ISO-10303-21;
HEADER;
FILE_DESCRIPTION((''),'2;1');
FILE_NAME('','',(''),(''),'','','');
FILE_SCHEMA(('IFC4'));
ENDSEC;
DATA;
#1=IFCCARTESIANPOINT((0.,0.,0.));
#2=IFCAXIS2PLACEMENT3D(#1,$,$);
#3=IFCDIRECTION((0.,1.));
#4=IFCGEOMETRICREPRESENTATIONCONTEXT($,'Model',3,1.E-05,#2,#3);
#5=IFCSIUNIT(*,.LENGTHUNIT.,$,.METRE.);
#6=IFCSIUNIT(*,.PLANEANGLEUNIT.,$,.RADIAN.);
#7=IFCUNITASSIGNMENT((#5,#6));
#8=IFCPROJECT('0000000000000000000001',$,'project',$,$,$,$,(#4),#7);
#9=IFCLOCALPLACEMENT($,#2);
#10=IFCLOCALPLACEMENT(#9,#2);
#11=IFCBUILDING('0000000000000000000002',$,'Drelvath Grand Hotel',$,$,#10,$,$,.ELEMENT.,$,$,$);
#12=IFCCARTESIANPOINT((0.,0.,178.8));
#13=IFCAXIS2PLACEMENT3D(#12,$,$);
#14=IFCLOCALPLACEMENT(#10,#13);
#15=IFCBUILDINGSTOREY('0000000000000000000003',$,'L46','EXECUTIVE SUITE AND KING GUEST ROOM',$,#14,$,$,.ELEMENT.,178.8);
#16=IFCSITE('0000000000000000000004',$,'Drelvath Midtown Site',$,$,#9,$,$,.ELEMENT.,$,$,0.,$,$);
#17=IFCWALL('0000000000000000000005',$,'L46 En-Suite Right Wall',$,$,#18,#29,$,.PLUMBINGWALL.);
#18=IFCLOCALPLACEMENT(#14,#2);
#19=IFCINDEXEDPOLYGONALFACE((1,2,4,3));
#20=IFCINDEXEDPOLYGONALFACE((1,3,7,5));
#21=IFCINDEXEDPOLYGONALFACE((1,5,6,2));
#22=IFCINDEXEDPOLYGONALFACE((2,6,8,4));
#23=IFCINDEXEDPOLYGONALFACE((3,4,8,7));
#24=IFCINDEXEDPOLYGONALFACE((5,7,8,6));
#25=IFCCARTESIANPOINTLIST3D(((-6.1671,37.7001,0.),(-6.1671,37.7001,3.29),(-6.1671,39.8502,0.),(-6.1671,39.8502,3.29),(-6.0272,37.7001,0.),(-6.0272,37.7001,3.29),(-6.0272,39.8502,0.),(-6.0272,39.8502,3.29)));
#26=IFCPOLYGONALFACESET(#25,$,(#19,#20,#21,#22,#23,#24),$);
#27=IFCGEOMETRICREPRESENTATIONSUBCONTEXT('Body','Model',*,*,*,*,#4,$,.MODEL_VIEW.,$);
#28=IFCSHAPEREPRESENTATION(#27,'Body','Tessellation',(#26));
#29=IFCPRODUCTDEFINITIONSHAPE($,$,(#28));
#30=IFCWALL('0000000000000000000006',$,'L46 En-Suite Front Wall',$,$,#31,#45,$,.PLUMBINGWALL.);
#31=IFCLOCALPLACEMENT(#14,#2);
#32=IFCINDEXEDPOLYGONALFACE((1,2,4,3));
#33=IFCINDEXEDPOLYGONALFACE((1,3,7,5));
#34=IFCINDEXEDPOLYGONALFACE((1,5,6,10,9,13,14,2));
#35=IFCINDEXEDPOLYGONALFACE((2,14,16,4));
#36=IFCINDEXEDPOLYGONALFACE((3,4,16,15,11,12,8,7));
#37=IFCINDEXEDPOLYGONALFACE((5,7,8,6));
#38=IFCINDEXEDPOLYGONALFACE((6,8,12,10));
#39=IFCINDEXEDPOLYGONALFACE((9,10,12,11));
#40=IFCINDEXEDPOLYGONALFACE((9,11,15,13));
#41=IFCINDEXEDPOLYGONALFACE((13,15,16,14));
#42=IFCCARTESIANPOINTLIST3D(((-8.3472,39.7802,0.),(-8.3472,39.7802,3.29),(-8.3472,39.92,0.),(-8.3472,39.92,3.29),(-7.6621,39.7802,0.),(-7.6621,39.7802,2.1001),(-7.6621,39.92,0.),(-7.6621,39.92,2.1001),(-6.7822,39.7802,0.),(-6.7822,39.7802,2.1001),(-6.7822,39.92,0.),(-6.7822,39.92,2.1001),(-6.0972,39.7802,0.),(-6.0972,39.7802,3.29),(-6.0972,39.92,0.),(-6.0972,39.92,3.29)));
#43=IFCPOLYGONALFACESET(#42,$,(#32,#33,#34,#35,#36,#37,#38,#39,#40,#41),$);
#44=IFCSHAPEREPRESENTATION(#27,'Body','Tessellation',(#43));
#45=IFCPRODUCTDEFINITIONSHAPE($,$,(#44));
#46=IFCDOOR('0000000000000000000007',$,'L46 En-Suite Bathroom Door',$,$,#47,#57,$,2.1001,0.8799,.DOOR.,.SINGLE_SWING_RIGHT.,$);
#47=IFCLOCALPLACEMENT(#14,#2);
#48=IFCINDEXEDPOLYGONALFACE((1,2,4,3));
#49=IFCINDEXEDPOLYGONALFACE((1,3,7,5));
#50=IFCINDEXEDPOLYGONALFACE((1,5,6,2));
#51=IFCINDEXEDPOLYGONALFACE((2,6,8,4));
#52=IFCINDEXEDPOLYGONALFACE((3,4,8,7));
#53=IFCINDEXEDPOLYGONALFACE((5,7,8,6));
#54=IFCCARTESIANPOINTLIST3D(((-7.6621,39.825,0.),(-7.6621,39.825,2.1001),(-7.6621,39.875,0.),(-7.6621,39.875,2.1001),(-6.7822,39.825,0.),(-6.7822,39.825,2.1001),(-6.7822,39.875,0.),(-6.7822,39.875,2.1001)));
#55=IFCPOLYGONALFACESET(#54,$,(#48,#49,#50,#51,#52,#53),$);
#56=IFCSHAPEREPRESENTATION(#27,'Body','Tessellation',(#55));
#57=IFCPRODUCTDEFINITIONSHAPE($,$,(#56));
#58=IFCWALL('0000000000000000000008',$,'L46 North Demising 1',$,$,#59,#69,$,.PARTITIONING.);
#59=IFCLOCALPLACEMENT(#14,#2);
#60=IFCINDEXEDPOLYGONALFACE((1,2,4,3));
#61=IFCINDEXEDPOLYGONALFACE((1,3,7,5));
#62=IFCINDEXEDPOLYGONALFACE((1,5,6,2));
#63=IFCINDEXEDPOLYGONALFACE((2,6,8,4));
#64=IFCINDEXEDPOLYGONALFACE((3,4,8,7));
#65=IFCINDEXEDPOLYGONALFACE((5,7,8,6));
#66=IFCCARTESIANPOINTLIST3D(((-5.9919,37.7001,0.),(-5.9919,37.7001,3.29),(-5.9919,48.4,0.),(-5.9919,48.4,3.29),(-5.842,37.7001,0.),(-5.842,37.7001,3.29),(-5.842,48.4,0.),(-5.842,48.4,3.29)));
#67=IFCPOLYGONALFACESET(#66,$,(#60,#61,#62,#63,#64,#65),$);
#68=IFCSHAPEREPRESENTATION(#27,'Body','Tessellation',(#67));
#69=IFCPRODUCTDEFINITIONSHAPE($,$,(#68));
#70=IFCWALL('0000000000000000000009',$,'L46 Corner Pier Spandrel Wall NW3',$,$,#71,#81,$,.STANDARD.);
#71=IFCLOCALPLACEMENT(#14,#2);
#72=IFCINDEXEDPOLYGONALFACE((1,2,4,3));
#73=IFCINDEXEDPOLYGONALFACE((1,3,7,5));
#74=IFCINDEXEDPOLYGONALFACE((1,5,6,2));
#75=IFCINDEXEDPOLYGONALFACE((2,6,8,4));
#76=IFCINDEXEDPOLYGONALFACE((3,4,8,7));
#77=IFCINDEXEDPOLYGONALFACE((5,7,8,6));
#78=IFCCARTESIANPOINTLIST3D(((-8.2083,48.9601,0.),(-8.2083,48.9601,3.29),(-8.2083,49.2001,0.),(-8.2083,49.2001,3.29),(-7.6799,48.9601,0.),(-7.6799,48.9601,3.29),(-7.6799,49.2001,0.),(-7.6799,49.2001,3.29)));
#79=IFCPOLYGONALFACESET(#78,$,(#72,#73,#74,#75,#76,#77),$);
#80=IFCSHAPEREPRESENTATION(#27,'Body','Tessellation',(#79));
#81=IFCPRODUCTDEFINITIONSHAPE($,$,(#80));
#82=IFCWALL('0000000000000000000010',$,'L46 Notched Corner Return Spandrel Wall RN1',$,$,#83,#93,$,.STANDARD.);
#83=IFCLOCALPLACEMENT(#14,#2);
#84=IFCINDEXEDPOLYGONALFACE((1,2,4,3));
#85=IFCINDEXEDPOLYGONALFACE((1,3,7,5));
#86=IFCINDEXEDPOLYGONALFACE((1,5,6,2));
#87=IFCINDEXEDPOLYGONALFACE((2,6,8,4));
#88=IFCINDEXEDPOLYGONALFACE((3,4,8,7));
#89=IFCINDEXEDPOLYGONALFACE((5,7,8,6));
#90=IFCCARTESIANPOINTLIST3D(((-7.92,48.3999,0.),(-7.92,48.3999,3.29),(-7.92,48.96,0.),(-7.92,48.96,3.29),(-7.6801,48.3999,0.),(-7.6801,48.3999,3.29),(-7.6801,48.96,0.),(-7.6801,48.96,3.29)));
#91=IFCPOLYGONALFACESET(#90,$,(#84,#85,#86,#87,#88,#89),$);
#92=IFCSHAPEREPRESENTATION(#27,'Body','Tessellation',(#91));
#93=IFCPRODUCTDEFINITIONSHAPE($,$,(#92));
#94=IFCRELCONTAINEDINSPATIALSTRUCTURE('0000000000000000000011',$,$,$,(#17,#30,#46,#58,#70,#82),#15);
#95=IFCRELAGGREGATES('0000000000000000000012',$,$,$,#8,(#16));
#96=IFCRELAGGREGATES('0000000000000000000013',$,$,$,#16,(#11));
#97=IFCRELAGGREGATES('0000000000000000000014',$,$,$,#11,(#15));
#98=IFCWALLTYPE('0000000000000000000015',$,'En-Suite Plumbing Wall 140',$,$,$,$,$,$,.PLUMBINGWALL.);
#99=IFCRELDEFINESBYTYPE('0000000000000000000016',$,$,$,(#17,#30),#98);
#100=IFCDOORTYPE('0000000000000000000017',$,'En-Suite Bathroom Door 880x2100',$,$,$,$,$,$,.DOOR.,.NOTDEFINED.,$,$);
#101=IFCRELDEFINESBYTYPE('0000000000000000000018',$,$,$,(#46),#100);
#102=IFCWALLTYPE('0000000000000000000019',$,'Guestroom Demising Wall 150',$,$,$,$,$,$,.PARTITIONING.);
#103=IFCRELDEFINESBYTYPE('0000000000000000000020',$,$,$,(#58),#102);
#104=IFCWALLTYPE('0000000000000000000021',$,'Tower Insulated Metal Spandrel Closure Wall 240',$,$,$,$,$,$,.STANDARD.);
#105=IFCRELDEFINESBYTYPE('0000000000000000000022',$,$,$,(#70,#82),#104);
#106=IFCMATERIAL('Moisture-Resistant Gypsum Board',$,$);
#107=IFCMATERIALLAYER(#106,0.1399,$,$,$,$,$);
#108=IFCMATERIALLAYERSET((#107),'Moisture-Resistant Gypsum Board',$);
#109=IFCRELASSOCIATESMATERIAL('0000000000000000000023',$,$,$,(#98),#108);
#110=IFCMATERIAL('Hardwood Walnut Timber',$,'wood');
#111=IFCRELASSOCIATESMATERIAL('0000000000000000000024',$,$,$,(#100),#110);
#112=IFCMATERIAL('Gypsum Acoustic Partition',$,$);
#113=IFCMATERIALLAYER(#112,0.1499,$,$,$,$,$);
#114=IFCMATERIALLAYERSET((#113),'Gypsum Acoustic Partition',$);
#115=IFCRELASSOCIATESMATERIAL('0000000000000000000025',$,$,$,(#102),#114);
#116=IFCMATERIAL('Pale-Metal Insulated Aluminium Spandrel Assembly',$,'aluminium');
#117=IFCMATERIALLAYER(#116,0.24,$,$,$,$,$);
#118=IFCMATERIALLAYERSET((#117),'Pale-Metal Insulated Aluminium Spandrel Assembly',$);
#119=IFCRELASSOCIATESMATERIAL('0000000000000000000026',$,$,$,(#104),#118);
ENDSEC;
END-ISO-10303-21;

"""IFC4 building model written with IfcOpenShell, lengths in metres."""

from ifc_helpers import new_model, si_unit, direction, frame, frame_2d, origin, place, context, subcontext, project, spatial, rectangle, extrude, material, layer, layer_set, type_object, element, fill, save


model = new_model("IFC4")

# Units and contexts
model_context = context("Model", 3, precision=1e-05, world=origin(), true_north=direction((0.0, 1.0)))
body_context = subcontext(model_context, "Body", "Model", "MODEL_VIEW")
ifc_project = project(units=[si_unit("LENGTHUNIT", "METRE"), si_unit("PLANEANGLEUNIT", "RADIAN")], contexts=[model_context])

# Site, building, storey
site_placement = place(None, origin())
site = spatial("IfcSite", under=ifc_project, at=site_placement, Name="Drelvath Midtown Site", CompositionType="ELEMENT", RefElevation=0.0)
building_placement = place(site_placement, origin())
building = spatial("IfcBuilding", under=site, at=building_placement, Name="Drelvath Grand Hotel", CompositionType="ELEMENT")
storey_placement = place(building_placement, frame((0.0, 0.0, 178.8)))
storey = spatial("IfcBuildingStorey", under=building, at=storey_placement, Name="L46", Description="EXECUTIVE SUITE AND KING GUEST ROOM", CompositionType="ELEMENT", Elevation=178.8)

# Wall
ifc_material_1 = material(Name="Moisture-Resistant Gypsum Board")
ifc_layer_1 = layer(ifc_material_1, 0.1399)
ifc_layer_set_1 = layer_set([ifc_layer_1], Name="Moisture-Resistant Gypsum Board")
wall_type_1 = type_object("IfcWallType", Name="En-Suite Plumbing Wall 140", PredefinedType="PLUMBINGWALL", material=ifc_layer_set_1)
wall_1_placement = place(storey_placement, frame((-6.0972, 37.7, 0.0), z_axis=(0.0, 0.0, 1.0), x_axis=(0.0, 1.0, 0.0)))
element("IfcWall", 1, at=wall_1_placement, inside=storey, type_object=wall_type_1, Name="L46 En-Suite Right Wall", PredefinedType="PLUMBINGWALL", context=body_context, shape_type="SweptSolid", body=[
    extrude(rectangle(XDim=2.1501, YDim=0.1399, at=frame_2d((1.0752, 0.0))), origin(), (0.0, 0.0, 1.0), 3.29),
])

# Wall, opening, door
wall_2_placement = place(storey_placement, frame((-8.3472, 39.8501, 0.0), z_axis=(0.0, 0.0, 1.0), x_axis=(1.0, 0.0, 0.0)))
wall_2 = element("IfcWall", 2, at=wall_2_placement, inside=storey, type_object=wall_type_1, Name="L46 En-Suite Front Wall", PredefinedType="PLUMBINGWALL", context=body_context, shape_type="SweptSolid", body=[
    extrude(rectangle(XDim=2.25, YDim=0.1399, at=frame_2d((1.125, 0.0))), origin(), (0.0, 0.0, 1.0), 3.29),
])
opening_placement = place(wall_2_placement, frame((0.6851, 0.0, 0.0)))
opening = element("IfcOpeningElement", 3, at=opening_placement, cuts=wall_2, PredefinedType="OPENING", context=body_context, shape_type="SweptSolid", body=[
    extrude(rectangle(XDim=0.8799, YDim=2.1001, at=frame_2d((0.4399, 1.05))), frame((0.0, 0.0798, 0.0), z_axis=(0.0, -1.0, 0.0), x_axis=(1.0, 0.0, 0.0)), (0.0, 0.0, 1.0), 0.1599),
])
ifc_material_2 = material(Name="Hardwood Walnut Timber", Category="wood")
door_type = type_object("IfcDoorType", Name="En-Suite Bathroom Door 880x2100", OperationType="NOTDEFINED", PredefinedType="DOOR", material=ifc_material_2)
door_placement = place(opening_placement, origin())
door = element("IfcDoor", 4, at=door_placement, inside=storey, type_object=door_type, Name="L46 En-Suite Bathroom Door", OperationType="SINGLE_SWING_RIGHT", OverallHeight=2.1001, OverallWidth=0.8799, PredefinedType="DOOR", context=body_context, shape_type="SweptSolid", body=[
    extrude(rectangle(XDim=0.8799, YDim=2.1001, at=frame_2d((0.4399, 1.05))), frame((0.0, 0.0249, 0.0), z_axis=(0.0, -1.0, 0.0), x_axis=(1.0, 0.0, 0.0)), (0.0, 0.0, 1.0), 0.05),
])
fill(opening, door)

# Walls
ifc_material_3 = material(Name="Gypsum Acoustic Partition")
ifc_layer_2 = layer(ifc_material_3, 0.1499)
ifc_layer_set_2 = layer_set([ifc_layer_2], Name="Gypsum Acoustic Partition")
wall_type_2 = type_object("IfcWallType", Name="Guestroom Demising Wall 150", PredefinedType="PARTITIONING", material=ifc_layer_set_2)
wall_3_placement = place(storey_placement, frame((-5.917, 37.7, 0.0), z_axis=(0.0, 0.0, 1.0), x_axis=(0.0, 1.0, 0.0)))
element("IfcWall", 5, at=wall_3_placement, inside=storey, type_object=wall_type_2, Name="L46 North Demising 1", PredefinedType="PARTITIONING", context=body_context, shape_type="SweptSolid", body=[
    extrude(rectangle(XDim=10.7, YDim=0.1499, at=frame_2d((5.3501, 0.0))), origin(), (0.0, 0.0, 1.0), 3.29),
])
ifc_material_4 = material(Name="Pale-Metal Insulated Aluminium Spandrel Assembly", Category="aluminium")
ifc_layer_3 = layer(ifc_material_4, 0.24)
ifc_layer_set_3 = layer_set([ifc_layer_3], Name="Pale-Metal Insulated Aluminium Spandrel Assembly")
wall_type_3 = type_object("IfcWallType", Name="Tower Insulated Metal Spandrel Closure Wall 240", PredefinedType="STANDARD", material=ifc_layer_set_3)
wall_4_placement = place(storey_placement, frame((-8.2083, 49.0801, 0.0), z_axis=(0.0, 0.0, 1.0), x_axis=(1.0, 0.0, 0.0)))
element("IfcWall", 6, at=wall_4_placement, inside=storey, type_object=wall_type_3, Name="L46 Corner Pier Spandrel Wall NW3", PredefinedType="STANDARD", context=body_context, shape_type="SweptSolid", body=[
    extrude(rectangle(XDim=0.5283, YDim=0.24, at=frame_2d((0.2642, 0.0))), origin(), (0.0, 0.0, 1.0), 3.29),
])
wall_5_placement = place(storey_placement, frame((-7.8, 48.96, 0.0), z_axis=(0.0, 0.0, 1.0), x_axis=(0.0, -1.0, 0.0)))
element("IfcWall", 7, at=wall_5_placement, inside=storey, type_object=wall_type_3, Name="L46 Notched Corner Return Spandrel Wall RN1", PredefinedType="STANDARD", context=body_context, shape_type="SweptSolid", body=[
    extrude(rectangle(XDim=0.5601, YDim=0.24, at=frame_2d((0.28, 0.0))), origin(), (0.0, 0.0, 1.0), 3.29),
])

save(model, "model.ifc")
